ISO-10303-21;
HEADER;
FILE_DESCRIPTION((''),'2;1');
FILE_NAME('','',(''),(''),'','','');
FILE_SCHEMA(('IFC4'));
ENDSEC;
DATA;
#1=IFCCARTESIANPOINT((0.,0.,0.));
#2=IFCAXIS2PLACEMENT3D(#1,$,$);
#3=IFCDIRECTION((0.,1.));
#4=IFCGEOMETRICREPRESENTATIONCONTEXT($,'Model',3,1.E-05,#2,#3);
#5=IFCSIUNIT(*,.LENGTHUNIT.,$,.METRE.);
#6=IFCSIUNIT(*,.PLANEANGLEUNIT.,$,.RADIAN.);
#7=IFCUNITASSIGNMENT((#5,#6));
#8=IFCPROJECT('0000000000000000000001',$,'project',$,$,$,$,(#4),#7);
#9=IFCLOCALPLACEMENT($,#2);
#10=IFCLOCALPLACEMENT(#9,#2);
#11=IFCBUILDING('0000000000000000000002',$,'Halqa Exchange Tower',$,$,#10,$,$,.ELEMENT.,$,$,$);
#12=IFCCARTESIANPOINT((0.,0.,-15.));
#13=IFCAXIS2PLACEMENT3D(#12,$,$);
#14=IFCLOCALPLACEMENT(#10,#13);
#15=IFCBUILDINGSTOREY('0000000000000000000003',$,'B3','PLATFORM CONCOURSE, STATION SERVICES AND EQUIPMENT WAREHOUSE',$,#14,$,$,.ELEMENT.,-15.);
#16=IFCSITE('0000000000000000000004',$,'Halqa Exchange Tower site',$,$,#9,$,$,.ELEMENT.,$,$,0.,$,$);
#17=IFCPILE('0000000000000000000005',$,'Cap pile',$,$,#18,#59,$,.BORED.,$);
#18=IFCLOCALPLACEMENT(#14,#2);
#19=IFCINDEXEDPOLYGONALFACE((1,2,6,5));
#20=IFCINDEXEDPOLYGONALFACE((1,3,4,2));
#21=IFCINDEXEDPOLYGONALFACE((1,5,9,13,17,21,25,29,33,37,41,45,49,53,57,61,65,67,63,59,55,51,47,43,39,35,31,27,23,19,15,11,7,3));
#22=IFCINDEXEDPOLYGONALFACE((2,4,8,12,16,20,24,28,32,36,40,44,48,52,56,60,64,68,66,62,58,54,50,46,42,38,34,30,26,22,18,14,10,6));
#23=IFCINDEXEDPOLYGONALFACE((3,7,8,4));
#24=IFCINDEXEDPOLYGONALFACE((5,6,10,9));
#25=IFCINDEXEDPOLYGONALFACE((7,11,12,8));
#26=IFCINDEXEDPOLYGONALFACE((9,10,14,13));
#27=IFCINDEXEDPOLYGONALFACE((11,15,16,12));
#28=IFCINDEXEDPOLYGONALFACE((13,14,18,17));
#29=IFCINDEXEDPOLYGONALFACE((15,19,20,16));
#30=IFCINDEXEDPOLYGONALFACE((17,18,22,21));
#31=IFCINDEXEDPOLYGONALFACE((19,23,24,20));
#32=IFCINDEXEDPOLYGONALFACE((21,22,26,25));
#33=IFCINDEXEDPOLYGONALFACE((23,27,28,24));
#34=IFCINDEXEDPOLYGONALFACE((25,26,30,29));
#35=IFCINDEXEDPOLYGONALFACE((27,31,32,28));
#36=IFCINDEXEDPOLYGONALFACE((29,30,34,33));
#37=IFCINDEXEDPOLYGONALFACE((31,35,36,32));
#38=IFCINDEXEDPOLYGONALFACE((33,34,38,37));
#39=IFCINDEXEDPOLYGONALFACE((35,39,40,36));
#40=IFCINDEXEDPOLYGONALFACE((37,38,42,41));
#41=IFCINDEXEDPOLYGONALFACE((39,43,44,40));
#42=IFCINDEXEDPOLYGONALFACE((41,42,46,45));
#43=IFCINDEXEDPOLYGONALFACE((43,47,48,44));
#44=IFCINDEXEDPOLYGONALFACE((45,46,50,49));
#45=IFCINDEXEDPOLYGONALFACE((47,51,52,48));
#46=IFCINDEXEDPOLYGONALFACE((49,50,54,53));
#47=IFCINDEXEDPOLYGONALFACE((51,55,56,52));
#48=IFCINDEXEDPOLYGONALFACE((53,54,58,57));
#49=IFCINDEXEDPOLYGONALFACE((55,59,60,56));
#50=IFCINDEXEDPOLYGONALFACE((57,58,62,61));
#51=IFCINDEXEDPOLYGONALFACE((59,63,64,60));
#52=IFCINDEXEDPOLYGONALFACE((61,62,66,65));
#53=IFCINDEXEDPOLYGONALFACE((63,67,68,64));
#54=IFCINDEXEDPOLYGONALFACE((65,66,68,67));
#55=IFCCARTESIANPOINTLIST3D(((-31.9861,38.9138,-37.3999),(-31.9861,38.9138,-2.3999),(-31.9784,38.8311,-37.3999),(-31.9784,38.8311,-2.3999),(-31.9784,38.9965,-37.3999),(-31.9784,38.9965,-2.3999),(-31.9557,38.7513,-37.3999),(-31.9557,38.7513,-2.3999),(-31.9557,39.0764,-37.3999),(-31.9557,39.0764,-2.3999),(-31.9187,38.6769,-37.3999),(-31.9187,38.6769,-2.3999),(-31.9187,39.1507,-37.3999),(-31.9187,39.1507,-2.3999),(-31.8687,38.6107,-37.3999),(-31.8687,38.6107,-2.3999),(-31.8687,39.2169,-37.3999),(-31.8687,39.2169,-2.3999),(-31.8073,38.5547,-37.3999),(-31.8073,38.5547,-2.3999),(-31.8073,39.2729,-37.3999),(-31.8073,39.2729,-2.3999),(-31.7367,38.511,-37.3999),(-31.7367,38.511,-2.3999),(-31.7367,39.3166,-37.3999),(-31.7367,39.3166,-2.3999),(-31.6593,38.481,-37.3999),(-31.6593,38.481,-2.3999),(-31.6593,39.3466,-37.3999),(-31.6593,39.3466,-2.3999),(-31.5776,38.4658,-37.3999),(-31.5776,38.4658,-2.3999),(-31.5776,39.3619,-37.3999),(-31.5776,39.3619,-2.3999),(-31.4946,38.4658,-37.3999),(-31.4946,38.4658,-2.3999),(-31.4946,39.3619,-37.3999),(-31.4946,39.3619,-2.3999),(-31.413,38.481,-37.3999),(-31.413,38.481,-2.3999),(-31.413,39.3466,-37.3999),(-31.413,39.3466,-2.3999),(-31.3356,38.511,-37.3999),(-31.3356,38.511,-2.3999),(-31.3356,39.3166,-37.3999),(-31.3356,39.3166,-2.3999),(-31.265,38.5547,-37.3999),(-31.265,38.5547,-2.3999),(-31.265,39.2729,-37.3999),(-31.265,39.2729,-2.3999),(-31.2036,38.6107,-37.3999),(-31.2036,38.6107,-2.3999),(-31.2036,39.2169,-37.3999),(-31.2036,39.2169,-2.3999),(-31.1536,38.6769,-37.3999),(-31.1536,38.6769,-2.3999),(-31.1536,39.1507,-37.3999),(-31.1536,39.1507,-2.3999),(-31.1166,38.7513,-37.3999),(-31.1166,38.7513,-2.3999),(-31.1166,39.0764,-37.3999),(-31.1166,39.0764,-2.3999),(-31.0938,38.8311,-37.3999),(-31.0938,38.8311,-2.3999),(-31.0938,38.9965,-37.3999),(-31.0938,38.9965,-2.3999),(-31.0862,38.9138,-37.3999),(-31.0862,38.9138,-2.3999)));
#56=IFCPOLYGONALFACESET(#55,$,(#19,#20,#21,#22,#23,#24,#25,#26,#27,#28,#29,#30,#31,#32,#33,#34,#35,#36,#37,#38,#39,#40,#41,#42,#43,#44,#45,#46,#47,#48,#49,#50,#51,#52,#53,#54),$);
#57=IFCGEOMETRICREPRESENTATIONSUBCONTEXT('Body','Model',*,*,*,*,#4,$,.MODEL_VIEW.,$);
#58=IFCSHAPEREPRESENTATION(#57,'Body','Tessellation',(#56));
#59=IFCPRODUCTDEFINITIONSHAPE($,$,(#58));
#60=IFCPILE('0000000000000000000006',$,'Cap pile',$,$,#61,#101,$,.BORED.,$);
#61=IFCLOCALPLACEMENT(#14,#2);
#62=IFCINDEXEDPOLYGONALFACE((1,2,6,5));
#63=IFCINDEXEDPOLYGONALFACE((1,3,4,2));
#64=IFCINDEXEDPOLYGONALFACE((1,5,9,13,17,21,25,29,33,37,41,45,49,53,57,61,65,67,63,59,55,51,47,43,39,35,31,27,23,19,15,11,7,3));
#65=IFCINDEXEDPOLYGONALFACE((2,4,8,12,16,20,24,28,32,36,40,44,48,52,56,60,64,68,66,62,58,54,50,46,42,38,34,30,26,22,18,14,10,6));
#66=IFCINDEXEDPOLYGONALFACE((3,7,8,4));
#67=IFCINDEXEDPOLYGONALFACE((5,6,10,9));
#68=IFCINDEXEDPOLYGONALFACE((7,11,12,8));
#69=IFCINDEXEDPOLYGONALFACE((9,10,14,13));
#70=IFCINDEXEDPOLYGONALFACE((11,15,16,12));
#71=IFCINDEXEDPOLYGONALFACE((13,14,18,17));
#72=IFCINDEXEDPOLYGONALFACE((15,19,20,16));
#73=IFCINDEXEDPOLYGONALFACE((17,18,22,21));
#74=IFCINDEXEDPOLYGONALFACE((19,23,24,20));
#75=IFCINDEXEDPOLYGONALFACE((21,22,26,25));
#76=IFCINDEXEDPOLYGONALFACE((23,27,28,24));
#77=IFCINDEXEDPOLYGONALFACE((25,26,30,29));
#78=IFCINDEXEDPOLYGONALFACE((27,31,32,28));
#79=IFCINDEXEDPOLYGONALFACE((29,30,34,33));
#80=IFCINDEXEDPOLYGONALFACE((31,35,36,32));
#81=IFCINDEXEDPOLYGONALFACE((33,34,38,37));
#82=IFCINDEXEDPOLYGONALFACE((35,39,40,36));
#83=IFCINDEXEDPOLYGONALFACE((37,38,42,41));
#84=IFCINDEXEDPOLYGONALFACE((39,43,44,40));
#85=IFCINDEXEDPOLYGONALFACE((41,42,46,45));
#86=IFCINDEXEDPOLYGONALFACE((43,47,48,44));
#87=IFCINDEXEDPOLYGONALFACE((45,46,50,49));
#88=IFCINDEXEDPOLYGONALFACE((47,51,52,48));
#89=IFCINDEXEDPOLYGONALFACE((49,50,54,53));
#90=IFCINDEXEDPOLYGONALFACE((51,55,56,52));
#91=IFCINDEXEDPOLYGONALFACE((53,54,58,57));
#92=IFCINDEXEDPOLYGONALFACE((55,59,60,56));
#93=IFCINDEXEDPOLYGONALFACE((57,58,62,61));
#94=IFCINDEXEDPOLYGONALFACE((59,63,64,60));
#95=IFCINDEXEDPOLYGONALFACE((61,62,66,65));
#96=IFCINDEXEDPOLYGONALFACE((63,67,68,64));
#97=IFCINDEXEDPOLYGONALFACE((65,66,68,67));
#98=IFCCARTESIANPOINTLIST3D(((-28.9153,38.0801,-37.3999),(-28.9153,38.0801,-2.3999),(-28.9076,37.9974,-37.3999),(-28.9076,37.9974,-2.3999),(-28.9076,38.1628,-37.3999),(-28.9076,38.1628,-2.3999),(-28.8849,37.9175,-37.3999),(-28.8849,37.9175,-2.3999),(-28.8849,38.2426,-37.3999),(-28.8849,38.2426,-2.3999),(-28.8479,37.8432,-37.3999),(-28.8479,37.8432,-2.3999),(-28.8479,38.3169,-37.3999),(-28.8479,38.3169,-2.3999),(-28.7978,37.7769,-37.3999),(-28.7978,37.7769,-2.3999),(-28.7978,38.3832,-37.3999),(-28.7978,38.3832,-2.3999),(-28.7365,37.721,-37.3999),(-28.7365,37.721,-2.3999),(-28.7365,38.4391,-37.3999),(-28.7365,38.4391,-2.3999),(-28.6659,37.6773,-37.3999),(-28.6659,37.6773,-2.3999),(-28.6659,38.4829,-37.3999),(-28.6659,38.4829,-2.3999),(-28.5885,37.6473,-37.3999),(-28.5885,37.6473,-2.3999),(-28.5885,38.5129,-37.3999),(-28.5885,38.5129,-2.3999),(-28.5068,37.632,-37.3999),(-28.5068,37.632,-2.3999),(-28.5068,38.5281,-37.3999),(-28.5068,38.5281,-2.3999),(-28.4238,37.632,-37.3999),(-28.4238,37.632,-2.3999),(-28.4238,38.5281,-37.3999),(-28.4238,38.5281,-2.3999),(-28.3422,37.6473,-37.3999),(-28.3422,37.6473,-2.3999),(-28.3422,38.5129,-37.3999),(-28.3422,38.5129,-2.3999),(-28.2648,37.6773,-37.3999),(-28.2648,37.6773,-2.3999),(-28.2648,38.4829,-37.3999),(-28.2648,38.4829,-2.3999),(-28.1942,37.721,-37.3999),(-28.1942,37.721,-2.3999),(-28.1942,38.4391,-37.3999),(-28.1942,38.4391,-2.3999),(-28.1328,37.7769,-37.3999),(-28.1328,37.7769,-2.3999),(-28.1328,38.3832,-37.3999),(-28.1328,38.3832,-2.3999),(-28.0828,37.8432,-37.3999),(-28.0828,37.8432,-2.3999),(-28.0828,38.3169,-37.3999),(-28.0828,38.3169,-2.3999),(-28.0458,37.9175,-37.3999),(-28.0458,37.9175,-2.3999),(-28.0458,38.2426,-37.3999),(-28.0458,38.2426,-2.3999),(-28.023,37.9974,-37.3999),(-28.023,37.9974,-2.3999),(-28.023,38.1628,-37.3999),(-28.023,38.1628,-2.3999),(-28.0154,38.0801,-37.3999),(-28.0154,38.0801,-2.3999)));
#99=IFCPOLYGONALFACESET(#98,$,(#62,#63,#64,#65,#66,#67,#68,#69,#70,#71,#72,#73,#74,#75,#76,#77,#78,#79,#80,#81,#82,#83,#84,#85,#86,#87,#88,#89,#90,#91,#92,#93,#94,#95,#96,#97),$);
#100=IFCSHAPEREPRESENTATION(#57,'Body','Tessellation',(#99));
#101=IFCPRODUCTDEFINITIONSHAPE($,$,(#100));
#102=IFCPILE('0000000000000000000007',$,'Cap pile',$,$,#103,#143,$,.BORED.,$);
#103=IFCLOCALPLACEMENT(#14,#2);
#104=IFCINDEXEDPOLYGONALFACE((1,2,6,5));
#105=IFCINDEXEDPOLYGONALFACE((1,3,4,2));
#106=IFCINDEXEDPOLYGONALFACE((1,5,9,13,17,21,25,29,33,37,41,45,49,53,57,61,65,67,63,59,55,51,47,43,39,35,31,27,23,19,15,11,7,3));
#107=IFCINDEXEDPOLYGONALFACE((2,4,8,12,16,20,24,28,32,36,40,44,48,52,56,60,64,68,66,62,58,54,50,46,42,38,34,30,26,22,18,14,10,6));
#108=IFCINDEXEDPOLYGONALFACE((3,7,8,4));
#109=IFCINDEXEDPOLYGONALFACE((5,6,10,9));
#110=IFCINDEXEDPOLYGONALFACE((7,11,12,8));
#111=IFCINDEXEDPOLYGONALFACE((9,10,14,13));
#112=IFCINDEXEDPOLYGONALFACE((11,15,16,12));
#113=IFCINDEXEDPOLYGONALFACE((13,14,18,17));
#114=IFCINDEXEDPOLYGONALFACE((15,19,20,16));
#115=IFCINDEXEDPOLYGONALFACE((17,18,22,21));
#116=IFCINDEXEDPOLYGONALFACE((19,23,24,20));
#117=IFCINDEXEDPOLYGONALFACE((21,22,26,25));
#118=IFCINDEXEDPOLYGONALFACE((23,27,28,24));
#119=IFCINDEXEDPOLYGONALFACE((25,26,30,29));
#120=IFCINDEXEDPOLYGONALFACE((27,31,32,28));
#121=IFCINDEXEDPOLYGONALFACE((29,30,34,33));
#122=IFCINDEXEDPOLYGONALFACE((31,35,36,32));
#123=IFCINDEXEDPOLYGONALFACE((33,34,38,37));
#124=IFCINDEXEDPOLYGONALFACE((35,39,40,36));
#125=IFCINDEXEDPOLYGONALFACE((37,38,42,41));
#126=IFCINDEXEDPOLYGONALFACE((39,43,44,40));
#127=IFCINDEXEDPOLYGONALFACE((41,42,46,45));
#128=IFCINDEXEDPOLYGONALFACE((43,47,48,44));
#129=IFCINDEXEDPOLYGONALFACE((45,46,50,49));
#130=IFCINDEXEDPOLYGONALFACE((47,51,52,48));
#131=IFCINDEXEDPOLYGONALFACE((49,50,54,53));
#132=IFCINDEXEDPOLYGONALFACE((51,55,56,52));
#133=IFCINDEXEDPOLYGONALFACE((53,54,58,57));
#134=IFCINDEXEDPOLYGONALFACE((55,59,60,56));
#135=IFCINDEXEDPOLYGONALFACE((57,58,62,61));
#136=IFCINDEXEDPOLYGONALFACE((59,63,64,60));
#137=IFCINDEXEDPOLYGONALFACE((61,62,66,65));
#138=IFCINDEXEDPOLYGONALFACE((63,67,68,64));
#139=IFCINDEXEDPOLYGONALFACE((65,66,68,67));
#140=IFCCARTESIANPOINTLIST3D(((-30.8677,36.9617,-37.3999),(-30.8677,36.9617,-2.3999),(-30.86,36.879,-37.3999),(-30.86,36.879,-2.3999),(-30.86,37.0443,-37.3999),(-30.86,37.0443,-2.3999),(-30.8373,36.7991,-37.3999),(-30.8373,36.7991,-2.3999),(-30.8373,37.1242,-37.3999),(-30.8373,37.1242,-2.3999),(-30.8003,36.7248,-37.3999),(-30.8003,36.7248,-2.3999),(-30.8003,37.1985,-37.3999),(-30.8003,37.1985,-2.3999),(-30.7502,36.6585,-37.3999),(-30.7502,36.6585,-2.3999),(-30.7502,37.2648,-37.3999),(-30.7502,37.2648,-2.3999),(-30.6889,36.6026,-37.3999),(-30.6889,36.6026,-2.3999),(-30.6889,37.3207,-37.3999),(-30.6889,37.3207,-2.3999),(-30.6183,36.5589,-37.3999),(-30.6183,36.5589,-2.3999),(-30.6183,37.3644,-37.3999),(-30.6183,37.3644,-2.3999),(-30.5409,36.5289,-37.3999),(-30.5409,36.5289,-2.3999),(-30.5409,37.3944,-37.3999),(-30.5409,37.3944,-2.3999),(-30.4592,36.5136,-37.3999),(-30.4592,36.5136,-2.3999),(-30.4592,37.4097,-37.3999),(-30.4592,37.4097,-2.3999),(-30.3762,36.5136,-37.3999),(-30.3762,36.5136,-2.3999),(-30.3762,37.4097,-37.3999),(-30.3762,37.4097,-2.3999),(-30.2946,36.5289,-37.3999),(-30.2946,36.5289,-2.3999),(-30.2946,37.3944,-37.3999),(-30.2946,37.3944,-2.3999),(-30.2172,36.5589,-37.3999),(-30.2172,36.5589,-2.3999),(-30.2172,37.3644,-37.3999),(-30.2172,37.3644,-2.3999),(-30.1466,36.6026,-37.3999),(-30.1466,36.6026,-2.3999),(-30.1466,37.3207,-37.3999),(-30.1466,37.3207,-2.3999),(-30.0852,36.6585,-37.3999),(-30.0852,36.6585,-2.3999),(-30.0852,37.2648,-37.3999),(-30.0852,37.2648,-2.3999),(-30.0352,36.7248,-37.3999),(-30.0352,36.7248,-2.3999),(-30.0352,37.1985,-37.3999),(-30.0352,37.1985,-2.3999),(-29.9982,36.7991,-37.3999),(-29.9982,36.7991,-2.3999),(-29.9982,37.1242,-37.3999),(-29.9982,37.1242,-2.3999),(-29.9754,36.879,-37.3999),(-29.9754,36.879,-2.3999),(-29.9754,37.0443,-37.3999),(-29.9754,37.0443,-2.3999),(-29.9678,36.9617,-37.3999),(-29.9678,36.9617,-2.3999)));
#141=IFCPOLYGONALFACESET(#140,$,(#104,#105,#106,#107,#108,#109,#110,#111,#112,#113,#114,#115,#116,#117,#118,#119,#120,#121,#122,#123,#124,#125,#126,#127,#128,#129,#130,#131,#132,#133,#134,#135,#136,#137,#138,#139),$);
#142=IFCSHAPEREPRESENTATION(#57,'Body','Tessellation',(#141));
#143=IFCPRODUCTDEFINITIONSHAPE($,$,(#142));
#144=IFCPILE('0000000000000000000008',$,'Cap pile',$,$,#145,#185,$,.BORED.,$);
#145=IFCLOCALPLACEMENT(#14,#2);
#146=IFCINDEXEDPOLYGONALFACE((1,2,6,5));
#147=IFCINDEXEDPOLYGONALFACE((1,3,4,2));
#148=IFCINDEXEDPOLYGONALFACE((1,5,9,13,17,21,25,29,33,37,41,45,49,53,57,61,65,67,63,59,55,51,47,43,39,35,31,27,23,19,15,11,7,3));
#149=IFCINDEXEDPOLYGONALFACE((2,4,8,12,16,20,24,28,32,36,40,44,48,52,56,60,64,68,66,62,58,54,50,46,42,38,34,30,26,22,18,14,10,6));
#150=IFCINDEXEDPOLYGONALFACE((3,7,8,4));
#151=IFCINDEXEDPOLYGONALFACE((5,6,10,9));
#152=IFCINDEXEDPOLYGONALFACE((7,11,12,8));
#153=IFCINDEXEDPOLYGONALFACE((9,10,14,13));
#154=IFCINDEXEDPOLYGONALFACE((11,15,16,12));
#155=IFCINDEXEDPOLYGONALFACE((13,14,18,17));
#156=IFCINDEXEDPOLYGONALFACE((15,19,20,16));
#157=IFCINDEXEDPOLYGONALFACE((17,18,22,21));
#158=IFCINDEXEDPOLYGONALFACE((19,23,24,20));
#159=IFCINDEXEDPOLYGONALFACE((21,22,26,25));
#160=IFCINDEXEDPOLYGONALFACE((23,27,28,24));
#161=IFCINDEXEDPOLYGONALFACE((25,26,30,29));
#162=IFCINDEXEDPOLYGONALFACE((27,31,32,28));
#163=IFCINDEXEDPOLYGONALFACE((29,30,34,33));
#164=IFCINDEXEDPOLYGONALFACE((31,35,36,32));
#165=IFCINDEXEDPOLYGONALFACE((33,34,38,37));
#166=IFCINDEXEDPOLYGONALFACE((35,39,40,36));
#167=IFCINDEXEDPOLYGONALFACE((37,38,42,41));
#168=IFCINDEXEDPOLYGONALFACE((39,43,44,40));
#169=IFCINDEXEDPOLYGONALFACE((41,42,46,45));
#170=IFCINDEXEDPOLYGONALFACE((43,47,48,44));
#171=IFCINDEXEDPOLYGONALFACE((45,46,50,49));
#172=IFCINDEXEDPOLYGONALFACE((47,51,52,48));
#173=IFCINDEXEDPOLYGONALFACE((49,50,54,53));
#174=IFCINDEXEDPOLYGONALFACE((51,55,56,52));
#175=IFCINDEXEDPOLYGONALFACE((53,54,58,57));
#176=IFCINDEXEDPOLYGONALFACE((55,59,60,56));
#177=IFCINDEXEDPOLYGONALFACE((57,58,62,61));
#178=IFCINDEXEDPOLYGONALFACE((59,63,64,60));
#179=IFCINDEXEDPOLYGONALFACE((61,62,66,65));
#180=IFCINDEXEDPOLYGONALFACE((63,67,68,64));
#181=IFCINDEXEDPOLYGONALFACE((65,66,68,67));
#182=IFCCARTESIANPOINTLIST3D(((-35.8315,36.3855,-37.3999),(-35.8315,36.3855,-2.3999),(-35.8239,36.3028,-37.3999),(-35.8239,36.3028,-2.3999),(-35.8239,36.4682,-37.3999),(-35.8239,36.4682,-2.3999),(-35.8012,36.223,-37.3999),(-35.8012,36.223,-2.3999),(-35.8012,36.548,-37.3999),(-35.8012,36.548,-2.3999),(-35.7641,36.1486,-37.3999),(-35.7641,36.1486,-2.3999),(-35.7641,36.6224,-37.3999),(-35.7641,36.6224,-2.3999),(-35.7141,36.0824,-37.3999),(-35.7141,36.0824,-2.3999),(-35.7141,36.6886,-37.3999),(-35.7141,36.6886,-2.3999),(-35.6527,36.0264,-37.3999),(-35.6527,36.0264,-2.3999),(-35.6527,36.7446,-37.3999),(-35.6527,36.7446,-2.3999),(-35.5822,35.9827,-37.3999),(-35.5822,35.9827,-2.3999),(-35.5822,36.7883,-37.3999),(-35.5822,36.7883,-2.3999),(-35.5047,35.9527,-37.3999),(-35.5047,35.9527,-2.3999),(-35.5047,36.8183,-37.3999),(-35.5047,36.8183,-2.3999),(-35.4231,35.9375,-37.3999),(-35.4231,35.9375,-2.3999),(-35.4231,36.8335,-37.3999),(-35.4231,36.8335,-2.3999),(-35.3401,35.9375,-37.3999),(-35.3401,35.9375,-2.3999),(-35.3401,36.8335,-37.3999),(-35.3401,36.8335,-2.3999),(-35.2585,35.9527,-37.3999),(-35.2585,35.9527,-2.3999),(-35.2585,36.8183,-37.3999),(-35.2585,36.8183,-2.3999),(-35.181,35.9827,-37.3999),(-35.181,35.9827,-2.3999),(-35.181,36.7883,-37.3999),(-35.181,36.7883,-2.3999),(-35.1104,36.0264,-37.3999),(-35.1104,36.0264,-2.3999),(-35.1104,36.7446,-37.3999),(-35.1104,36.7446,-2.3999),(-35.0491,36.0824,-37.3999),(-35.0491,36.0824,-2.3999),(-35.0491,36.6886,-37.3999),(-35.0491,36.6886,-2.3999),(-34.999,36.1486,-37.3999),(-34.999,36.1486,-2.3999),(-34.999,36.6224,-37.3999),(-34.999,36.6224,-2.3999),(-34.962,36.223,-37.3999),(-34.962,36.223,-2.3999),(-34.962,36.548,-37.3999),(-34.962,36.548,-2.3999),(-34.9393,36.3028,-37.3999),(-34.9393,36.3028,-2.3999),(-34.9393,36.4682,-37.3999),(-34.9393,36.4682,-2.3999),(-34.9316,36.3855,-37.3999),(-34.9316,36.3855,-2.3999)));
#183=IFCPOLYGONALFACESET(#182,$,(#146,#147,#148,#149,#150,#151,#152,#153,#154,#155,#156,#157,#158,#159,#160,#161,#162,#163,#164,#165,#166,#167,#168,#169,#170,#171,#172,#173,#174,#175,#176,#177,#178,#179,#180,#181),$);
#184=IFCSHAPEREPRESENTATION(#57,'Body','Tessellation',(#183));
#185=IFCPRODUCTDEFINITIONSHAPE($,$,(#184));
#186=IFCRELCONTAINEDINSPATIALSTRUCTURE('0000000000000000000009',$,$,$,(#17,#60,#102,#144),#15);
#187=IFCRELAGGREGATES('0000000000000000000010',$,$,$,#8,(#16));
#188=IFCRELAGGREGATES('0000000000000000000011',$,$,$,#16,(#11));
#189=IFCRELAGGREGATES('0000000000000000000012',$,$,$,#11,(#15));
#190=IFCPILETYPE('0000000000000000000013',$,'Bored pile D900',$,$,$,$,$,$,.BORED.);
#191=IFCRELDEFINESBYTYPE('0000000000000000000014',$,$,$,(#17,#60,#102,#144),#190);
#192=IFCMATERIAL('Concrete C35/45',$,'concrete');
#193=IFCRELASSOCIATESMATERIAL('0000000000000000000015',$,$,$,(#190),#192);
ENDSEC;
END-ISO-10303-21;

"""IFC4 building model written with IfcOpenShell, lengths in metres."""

from ifc_helpers import new_model, si_unit, direction, frame, origin, origin_2d, place, context, subcontext, project, spatial, circle, extrude, material, material_profile, profile_set, type_object, element, save


model = new_model("IFC4")

# Units and contexts
model_context = context("Model", 3, precision=1e-05, world=origin(), true_north=direction((0.0, 1.0)))
body_context = subcontext(model_context, "Body", "Model", "MODEL_VIEW")
ifc_project = project(units=[si_unit("LENGTHUNIT", "METRE"), si_unit("PLANEANGLEUNIT", "RADIAN")], contexts=[model_context])

# Site, building, storey
site_placement = place(None, origin())
site = spatial("IfcSite", under=ifc_project, at=site_placement, Name="Halqa Exchange Tower site", CompositionType="ELEMENT", RefElevation=0.0)
building_placement = place(site_placement, origin())
building = spatial("IfcBuilding", under=site, at=building_placement, Name="Halqa Exchange Tower", CompositionType="ELEMENT")
storey_placement = place(building_placement, frame((0.0, 0.0, -15.0)))
storey = spatial("IfcBuildingStorey", under=building, at=storey_placement, Name="B3", Description="PLATFORM CONCOURSE, STATION SERVICES AND EQUIPMENT WAREHOUSE", CompositionType="ELEMENT", Elevation=-15.0)

# Piles
ifc_material_1 = material(Name="Concrete C35/45", Category="concrete")
ifc_material_profile_1 = material_profile(ifc_material_1, circle(Radius=0.45, at=origin_2d()), Name="D900")
ifc_profile_set_1 = profile_set([ifc_material_profile_1], Name="Concrete C35/45")
pile_type_1 = type_object("IfcPileType", Name="Bored pile D900", PredefinedType="BORED", material=ifc_profile_set_1)
for number, where, z_axis, x_axis, name in (
    (1, (-31.5361, 38.9138, -2.3999), (0.0, 0.0, -1.0), (1.0, 0.0, 0.0), "Cap pile"),
    (2, (-28.4653, 38.0801, -2.3999), (0.0, 0.0, -1.0), (1.0, 0.0, 0.0), "Cap pile"),
    (3, (-30.4177, 36.9617, -2.3999), (0.0, 0.0, -1.0), (1.0, 0.0, 0.0), "Cap pile"),
    (4, (-35.3816, 36.3855, -2.3999), (0.0, 0.0, -1.0), (1.0, 0.0, 0.0), "Cap pile"),
):
    element("IfcPile", number, at=place(storey_placement, frame(where, z_axis=z_axis, x_axis=x_axis)), inside=storey, type_object=pile_type_1, Name=name, PredefinedType="BORED", context=body_context, shape_type="SweptSolid", body=[
        extrude(circle(Radius=0.45, at=origin_2d()), origin(), (0.0, 0.0, 1.0), 35.0),
    ])

save(model, "model.ifc")
